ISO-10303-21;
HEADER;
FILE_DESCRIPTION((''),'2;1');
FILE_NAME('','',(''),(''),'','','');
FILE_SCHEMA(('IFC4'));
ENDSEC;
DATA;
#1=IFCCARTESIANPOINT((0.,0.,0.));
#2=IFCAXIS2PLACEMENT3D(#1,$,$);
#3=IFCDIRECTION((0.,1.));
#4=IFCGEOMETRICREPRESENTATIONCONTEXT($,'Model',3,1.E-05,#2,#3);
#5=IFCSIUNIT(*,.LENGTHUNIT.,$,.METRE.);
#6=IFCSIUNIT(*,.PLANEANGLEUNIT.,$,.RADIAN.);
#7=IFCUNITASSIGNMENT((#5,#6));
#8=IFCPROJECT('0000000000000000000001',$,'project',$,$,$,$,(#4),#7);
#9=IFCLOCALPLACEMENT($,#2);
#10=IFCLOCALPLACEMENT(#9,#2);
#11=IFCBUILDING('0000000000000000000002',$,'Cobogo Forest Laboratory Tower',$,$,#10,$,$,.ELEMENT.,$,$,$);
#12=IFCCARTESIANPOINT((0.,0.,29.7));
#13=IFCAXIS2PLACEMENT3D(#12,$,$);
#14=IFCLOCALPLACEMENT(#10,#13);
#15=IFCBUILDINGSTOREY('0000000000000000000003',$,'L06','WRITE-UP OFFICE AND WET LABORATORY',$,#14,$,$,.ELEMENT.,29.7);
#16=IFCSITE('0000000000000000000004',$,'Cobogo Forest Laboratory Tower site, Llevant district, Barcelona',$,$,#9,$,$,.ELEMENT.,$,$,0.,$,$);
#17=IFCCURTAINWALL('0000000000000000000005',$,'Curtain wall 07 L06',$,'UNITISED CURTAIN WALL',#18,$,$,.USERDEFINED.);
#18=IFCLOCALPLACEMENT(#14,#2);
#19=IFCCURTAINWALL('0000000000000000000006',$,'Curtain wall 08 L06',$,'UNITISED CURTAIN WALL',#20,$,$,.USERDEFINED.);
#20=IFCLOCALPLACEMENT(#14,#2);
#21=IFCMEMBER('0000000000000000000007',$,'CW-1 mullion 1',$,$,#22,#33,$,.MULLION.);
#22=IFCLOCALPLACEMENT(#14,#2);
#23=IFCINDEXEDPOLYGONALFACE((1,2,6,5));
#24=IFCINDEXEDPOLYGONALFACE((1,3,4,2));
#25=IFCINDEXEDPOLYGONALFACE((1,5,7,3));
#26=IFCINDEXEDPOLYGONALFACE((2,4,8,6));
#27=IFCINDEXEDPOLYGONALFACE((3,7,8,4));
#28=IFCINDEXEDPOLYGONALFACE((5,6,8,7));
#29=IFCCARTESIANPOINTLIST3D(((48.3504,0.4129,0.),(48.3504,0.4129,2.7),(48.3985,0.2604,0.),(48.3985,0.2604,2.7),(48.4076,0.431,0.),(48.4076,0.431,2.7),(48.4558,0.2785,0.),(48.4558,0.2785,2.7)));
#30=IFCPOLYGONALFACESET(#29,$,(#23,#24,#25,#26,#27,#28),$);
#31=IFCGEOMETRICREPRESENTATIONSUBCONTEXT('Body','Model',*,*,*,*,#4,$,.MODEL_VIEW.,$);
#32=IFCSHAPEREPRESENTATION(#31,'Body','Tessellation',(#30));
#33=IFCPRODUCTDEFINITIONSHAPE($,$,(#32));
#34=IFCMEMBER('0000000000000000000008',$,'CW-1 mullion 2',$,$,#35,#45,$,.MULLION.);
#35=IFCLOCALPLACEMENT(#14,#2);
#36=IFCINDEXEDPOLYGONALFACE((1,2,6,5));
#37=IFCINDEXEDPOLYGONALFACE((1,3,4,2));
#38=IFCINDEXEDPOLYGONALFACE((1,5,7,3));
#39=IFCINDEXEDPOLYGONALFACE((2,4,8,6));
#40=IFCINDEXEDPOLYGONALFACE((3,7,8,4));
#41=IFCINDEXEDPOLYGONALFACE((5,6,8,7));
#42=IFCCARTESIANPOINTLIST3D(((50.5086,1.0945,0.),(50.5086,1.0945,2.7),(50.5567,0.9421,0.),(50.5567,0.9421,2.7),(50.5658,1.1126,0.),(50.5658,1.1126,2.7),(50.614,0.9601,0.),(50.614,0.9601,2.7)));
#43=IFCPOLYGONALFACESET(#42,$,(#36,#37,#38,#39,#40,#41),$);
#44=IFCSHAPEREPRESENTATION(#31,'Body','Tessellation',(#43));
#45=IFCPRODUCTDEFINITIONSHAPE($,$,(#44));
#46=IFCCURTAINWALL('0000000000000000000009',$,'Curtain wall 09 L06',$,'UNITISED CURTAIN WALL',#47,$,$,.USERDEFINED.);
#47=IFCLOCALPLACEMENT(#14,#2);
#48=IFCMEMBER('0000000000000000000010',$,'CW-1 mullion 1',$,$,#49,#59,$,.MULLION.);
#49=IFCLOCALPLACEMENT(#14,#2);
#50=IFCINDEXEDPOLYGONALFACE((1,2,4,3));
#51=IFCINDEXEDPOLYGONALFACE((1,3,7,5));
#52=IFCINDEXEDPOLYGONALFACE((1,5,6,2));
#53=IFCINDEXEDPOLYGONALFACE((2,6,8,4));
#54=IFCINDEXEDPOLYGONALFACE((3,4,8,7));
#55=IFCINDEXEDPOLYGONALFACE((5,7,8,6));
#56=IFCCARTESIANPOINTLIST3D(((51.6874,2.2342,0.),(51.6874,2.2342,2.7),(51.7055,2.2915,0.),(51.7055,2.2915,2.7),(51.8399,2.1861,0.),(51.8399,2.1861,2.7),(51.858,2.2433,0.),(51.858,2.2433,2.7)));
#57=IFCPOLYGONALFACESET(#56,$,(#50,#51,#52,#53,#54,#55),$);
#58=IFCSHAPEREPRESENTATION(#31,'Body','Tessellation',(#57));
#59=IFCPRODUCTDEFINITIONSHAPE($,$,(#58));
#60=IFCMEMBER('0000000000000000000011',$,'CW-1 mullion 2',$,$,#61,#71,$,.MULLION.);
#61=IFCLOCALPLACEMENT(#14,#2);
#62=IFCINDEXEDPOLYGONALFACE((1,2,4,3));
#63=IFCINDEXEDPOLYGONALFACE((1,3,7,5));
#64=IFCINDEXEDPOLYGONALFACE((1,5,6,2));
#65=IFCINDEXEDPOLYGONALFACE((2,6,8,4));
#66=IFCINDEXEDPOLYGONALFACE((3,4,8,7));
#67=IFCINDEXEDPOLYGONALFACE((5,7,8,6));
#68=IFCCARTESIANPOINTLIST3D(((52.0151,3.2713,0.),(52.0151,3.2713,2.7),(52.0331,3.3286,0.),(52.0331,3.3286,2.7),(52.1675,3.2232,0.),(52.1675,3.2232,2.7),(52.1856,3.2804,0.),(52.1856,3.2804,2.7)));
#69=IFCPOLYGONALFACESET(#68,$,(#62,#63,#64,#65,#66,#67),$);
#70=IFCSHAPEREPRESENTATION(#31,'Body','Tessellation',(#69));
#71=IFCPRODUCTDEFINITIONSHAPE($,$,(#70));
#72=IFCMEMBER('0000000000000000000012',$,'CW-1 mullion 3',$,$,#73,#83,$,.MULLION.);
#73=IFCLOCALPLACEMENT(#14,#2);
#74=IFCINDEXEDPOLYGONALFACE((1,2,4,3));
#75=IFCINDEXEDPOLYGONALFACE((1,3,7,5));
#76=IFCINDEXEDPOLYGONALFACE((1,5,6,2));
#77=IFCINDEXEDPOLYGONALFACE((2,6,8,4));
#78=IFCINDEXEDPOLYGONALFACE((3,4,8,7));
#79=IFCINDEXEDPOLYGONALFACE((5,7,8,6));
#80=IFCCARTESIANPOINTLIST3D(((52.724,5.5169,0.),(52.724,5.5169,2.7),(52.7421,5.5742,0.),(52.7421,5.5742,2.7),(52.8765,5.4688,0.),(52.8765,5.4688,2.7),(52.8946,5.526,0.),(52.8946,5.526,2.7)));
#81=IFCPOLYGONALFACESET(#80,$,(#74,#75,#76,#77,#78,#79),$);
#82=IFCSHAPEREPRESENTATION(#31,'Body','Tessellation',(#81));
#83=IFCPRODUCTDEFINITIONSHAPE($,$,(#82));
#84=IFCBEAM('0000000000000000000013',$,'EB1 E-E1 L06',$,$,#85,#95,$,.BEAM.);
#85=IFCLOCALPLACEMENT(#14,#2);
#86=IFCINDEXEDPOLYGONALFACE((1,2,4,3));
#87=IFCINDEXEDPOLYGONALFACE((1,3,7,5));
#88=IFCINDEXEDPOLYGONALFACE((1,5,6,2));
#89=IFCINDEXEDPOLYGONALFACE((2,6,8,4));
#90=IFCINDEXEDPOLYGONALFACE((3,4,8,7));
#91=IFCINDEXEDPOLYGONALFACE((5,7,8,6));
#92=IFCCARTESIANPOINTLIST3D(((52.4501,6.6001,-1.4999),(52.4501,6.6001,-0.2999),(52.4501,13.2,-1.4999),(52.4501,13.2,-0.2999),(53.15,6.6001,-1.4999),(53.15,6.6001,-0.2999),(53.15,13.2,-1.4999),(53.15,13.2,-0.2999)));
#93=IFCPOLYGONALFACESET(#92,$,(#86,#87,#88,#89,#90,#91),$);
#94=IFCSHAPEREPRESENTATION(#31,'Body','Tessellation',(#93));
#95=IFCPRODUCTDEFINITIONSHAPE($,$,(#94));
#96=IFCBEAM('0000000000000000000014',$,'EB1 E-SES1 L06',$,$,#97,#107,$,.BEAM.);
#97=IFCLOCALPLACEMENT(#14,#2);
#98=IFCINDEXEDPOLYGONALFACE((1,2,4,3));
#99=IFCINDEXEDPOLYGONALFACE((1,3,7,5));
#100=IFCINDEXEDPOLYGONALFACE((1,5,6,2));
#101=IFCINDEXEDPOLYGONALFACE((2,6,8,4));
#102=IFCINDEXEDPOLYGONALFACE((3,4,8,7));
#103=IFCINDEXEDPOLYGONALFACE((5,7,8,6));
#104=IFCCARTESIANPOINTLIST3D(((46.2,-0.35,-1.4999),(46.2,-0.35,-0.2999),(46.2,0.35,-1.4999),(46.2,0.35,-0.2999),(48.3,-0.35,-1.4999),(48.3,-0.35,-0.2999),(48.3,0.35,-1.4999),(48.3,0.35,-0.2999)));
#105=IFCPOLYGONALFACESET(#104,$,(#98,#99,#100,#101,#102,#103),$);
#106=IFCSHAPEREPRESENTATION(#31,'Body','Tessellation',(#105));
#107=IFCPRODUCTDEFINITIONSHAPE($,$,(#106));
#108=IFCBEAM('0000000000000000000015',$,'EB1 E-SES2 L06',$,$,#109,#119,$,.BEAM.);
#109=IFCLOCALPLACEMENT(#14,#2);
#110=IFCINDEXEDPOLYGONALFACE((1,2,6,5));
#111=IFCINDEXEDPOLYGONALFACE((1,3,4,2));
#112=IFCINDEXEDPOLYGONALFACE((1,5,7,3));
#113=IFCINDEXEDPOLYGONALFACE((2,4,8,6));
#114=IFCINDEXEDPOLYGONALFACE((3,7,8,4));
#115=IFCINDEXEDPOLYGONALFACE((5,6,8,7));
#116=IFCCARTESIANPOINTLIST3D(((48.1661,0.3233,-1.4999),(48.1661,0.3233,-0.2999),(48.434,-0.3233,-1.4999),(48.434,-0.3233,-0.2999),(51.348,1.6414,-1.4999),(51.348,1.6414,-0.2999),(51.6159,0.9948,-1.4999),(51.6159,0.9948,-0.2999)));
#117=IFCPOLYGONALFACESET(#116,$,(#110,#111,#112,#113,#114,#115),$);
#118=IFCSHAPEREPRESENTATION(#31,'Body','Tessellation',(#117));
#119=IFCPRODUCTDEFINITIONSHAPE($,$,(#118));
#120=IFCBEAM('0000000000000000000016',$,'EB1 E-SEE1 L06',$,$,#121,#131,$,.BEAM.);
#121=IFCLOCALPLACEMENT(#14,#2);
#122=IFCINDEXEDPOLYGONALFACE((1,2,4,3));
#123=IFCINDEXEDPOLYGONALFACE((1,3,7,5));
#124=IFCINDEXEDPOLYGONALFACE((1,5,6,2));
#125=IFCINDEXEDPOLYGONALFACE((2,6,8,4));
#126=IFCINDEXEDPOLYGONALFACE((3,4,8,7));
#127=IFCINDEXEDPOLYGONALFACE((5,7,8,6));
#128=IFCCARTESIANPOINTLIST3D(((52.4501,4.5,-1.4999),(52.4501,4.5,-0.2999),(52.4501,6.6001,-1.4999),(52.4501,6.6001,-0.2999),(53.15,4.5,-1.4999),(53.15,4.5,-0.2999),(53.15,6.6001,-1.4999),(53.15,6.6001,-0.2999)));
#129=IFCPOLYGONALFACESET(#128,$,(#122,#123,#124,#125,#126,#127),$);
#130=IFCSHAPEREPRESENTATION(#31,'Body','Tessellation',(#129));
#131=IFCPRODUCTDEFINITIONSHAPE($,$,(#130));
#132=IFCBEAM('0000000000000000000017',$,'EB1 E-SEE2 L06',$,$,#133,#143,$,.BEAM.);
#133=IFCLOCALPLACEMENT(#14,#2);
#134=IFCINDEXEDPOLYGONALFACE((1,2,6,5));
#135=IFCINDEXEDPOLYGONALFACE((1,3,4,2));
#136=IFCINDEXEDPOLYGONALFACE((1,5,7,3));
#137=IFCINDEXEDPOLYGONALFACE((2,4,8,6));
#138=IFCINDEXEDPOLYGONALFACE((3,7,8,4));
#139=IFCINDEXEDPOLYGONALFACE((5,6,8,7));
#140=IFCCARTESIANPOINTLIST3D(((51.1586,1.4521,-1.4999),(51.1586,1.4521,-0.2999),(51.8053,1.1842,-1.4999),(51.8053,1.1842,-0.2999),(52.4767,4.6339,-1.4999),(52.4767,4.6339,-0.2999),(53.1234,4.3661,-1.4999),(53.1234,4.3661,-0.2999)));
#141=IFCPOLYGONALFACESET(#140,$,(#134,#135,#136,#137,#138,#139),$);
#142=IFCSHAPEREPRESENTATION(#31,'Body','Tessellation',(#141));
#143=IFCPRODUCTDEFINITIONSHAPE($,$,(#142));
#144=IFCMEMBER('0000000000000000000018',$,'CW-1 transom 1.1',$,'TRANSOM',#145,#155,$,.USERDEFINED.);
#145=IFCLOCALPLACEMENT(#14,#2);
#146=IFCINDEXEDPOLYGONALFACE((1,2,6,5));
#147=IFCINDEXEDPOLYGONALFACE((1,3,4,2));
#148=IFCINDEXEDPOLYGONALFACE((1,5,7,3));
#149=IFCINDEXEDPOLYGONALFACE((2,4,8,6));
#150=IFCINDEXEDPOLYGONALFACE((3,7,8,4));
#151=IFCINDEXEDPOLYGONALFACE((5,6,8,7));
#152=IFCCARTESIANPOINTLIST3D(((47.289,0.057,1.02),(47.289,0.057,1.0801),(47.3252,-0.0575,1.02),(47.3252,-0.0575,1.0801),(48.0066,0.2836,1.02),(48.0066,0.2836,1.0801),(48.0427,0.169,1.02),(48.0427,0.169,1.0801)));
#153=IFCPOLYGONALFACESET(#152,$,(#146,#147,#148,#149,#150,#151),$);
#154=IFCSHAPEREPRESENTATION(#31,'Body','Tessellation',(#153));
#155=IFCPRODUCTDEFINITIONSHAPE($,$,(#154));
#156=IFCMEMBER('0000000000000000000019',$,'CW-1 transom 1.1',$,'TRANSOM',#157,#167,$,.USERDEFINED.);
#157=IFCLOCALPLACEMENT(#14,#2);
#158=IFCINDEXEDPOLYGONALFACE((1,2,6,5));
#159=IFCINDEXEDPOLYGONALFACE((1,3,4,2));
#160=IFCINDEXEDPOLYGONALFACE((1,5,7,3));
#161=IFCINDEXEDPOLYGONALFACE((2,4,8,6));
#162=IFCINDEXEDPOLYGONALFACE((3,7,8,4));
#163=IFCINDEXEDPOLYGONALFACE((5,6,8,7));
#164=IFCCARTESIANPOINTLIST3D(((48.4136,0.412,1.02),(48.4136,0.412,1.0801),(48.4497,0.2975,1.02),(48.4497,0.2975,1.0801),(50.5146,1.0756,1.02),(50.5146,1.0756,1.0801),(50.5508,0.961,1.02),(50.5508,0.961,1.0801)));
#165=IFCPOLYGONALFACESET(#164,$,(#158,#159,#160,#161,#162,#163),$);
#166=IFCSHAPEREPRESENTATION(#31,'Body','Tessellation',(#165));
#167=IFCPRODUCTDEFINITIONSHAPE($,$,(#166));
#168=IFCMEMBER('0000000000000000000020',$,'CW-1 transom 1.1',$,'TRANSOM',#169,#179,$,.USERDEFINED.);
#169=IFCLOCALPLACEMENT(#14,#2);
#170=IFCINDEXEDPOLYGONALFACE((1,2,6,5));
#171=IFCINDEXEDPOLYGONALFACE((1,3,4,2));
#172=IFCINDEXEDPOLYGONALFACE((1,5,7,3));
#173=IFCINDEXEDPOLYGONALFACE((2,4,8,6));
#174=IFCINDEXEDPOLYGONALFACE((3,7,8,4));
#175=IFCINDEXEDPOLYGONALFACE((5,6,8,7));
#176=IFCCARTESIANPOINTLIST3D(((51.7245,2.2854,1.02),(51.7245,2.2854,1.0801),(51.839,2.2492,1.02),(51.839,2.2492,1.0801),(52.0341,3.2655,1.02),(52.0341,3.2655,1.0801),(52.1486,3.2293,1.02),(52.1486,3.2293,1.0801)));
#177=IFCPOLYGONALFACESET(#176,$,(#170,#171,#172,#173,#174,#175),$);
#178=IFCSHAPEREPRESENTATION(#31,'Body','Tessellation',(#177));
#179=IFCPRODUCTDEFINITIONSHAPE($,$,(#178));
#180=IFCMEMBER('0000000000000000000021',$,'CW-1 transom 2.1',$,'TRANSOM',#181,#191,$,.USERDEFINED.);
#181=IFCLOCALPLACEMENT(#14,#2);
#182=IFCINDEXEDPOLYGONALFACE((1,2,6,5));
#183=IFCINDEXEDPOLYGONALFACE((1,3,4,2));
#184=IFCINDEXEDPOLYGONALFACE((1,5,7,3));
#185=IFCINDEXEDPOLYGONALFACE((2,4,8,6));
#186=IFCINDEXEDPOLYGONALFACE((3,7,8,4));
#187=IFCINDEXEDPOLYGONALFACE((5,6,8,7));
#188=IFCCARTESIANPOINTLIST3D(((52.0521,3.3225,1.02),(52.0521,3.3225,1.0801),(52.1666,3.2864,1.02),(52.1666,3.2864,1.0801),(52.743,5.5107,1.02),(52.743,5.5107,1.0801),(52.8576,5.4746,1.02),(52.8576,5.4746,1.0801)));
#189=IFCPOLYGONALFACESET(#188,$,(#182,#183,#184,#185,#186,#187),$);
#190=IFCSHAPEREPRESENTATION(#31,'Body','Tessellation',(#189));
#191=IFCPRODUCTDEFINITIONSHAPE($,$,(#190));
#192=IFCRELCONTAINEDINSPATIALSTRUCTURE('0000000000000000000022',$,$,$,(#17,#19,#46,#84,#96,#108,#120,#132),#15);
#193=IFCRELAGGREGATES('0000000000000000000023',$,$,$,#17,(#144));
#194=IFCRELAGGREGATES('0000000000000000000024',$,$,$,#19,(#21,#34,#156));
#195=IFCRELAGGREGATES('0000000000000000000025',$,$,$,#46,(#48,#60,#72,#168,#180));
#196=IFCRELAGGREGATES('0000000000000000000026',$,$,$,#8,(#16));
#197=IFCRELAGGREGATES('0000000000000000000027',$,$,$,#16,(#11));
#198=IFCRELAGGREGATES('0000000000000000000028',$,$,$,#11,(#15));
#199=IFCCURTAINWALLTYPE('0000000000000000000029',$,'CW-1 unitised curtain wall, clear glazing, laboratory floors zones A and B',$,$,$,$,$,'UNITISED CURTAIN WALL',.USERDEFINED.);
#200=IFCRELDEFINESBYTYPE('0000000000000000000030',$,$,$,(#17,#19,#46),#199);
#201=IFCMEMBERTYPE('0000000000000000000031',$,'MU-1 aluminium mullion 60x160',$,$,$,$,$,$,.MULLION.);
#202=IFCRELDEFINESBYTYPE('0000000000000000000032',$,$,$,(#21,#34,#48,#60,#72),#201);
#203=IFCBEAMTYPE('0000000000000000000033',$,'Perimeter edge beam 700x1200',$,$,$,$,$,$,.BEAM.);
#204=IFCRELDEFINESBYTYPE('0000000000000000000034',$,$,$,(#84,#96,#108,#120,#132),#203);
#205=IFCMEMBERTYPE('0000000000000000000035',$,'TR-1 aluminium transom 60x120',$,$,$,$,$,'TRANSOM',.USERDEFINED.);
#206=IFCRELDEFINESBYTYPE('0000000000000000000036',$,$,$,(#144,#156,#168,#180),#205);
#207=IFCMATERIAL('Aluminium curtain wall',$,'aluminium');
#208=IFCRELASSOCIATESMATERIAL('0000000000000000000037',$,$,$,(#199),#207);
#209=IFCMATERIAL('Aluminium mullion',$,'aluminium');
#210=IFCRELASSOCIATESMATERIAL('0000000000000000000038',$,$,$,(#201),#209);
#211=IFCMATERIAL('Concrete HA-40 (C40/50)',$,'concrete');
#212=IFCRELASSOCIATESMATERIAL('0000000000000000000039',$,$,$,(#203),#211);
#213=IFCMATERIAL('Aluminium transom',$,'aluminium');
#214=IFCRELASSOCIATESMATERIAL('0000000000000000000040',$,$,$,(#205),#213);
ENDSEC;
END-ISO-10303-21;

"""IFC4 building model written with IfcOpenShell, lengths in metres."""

from ifc_helpers import new_model, si_unit, direction, frame, origin, origin_2d, place, context, subcontext, project, spatial, rectangle, extrude, material, material_profile, profile_set, type_object, element, aggregate, save


model = new_model("IFC4")

# Units and contexts
model_context = context("Model", 3, precision=1e-05, world=origin(), true_north=direction((0.0, 1.0)))
body_context = subcontext(model_context, "Body", "Model", "MODEL_VIEW")
ifc_project = project(units=[si_unit("LENGTHUNIT", "METRE"), si_unit("PLANEANGLEUNIT", "RADIAN")], contexts=[model_context])

# Site, building, storey
site_placement = place(None, origin())
site = spatial("IfcSite", under=ifc_project, at=site_placement, Name="Cobogo Forest Laboratory Tower site, Llevant district, Barcelona", CompositionType="ELEMENT", RefElevation=0.0)
building_placement = place(site_placement, origin())
building = spatial("IfcBuilding", under=site, at=building_placement, Name="Cobogo Forest Laboratory Tower", CompositionType="ELEMENT")
storey_placement = place(building_placement, frame((0.0, 0.0, 29.7)))
storey = spatial("IfcBuildingStorey", under=building, at=storey_placement, Name="L06", Description="WRITE-UP OFFICE AND WET LABORATORY", CompositionType="ELEMENT", Elevation=29.7)

# Shared definitions
ifc_material_1 = material(Name="Concrete HA-40 (C40/50)", Category="concrete")

# Curtain walls, members
ifc_material_2 = material(Name="Aluminium curtain wall", Category="aluminium")
curtain_wall_type = type_object("IfcCurtainWallType", Name="CW-1 unitised curtain wall, clear glazing, laboratory floors zones A and B", ElementType="UNITISED CURTAIN WALL", PredefinedType="USERDEFINED", material=ifc_material_2)
curtain_wall_1_placement = place(storey_placement, origin())
curtain_wall_1 = element("IfcCurtainWall", 1, at=curtain_wall_1_placement, inside=storey, type_object=curtain_wall_type, Name="Curtain wall 07 L06", ObjectType="UNITISED CURTAIN WALL", PredefinedType="USERDEFINED")
ifc_material_3 = material(Name="Aluminium mullion", Category="aluminium")
ifc_material_profile_1 = material_profile(ifc_material_3, rectangle(XDim=0.0601, YDim=0.1599, at=origin_2d()), Name="AL 60x160")
ifc_profile_set_1 = profile_set([ifc_material_profile_1], Name="Aluminium mullion")
member_type_1 = type_object("IfcMemberType", Name="MU-1 aluminium mullion 60x160", PredefinedType="MULLION", material=ifc_profile_set_1)
curtain_wall_2_placement = place(storey_placement, origin())
curtain_wall_2 = element("IfcCurtainWall", 2, at=curtain_wall_2_placement, inside=storey, type_object=curtain_wall_type, Name="Curtain wall 08 L06", ObjectType="UNITISED CURTAIN WALL", PredefinedType="USERDEFINED")
member_1_placement = place(storey_placement, frame((48.4031, 0.3457, 0.0), z_axis=(0.0, 0.0, 1.0), x_axis=(0.953581, 0.301135, 0.0)))
member_1 = element("IfcMember", 3, at=member_1_placement, type_object=member_type_1, Name="CW-1 mullion 1", PredefinedType="MULLION", context=body_context, shape_type="SweptSolid", body=[
    extrude(rectangle(XDim=0.0601, YDim=0.1599, at=origin_2d()), origin(), (0.0, 0.0, 1.0), 2.7),
])
member_2_placement = place(storey_placement, frame((50.5613, 1.0273, 0.0), z_axis=(0.0, 0.0, 1.0), x_axis=(0.953581, 0.301135, 0.0)))
member_2 = element("IfcMember", 4, at=member_2_placement, type_object=member_type_1, Name="CW-1 mullion 2", PredefinedType="MULLION", context=body_context, shape_type="SweptSolid", body=[
    extrude(rectangle(XDim=0.0601, YDim=0.1599, at=origin_2d()), origin(), (0.0, 0.0, 1.0), 2.7),
])
curtain_wall_3_placement = place(storey_placement, origin())
curtain_wall_3 = element("IfcCurtainWall", 5, at=curtain_wall_3_placement, inside=storey, type_object=curtain_wall_type, Name="Curtain wall 09 L06", ObjectType="UNITISED CURTAIN WALL", PredefinedType="USERDEFINED")
member_3_placement = place(storey_placement, frame((51.7727, 2.2388, 0.0), z_axis=(0.0, 0.0, 1.0), x_axis=(0.301135, 0.953581, 0.0)))
member_3 = element("IfcMember", 6, at=member_3_placement, type_object=member_type_1, Name="CW-1 mullion 1", PredefinedType="MULLION", context=body_context, shape_type="SweptSolid", body=[
    extrude(rectangle(XDim=0.0601, YDim=0.1599, at=origin_2d()), origin(), (0.0, 0.0, 1.0), 2.7),
])
member_4_placement = place(storey_placement, frame((52.1003, 3.2759, 0.0), z_axis=(0.0, 0.0, 1.0), x_axis=(0.301135, 0.953581, 0.0)))
member_4 = element("IfcMember", 7, at=member_4_placement, type_object=member_type_1, Name="CW-1 mullion 2", PredefinedType="MULLION", context=body_context, shape_type="SweptSolid", body=[
    extrude(rectangle(XDim=0.0601, YDim=0.1599, at=origin_2d()), origin(), (0.0, 0.0, 1.0), 2.7),
])
member_5_placement = place(storey_placement, frame((52.8093, 5.5215, 0.0), z_axis=(0.0, 0.0, 1.0), x_axis=(0.301135, 0.953581, 0.0)))
member_5 = element("IfcMember", 8, at=member_5_placement, type_object=member_type_1, Name="CW-1 mullion 3", PredefinedType="MULLION", context=body_context, shape_type="SweptSolid", body=[
    extrude(rectangle(XDim=0.0601, YDim=0.1599, at=origin_2d()), origin(), (0.0, 0.0, 1.0), 2.7),
])

# Beams
ifc_material_profile_2 = material_profile(ifc_material_1, rectangle(XDim=0.7, YDim=1.2, at=origin_2d()), Name="RC 700x1200")
ifc_profile_set_2 = profile_set([ifc_material_profile_2], Name="Concrete HA-40 (C40/50)")
beam_type_1 = type_object("IfcBeamType", Name="Perimeter edge beam 700x1200", PredefinedType="BEAM", material=ifc_profile_set_2)
beam_1_placement = place(storey_placement, frame((52.8, 6.6001, -0.8999), z_axis=(0.0, 1.0, 0.0), x_axis=(-1.0, 0.0, 0.0)))
element("IfcBeam", 9, at=beam_1_placement, inside=storey, type_object=beam_type_1, Name="EB1 E-E1 L06", PredefinedType="BEAM", context=body_context, shape_type="SweptSolid", body=[
    extrude(rectangle(XDim=0.7, YDim=1.2, at=origin_2d()), origin(), (0.0, 0.0, 1.0), 6.5999),
])
beam_2_placement = place(storey_placement, frame((46.2, 0.0, -0.8999), z_axis=(1.0, 0.0, 0.0), x_axis=(0.0, 1.0, 0.0)))
element("IfcBeam", 10, at=beam_2_placement, inside=storey, type_object=beam_type_1, Name="EB1 E-SES1 L06", PredefinedType="BEAM", context=body_context, shape_type="SweptSolid", body=[
    extrude(rectangle(XDim=0.7, YDim=1.2, at=origin_2d()), origin(), (0.0, 0.0, 1.0), 2.1001),
])
beam_3_placement = place(storey_placement, frame((48.3, 0.0, -0.8999), z_axis=(0.923866, 0.382717, 0.0), x_axis=(-0.382717, 0.923866, 0.0)))
element("IfcBeam", 11, at=beam_3_placement, inside=storey, type_object=beam_type_1, Name="EB1 E-SES2 L06", PredefinedType="BEAM", context=body_context, shape_type="SweptSolid", body=[
    extrude(rectangle(XDim=0.7, YDim=1.2, at=origin_2d()), origin(), (0.0, 0.0, 1.0), 3.4441),
])
beam_4_placement = place(storey_placement, frame((52.8, 6.6001, -0.8999), z_axis=(0.0, -1.0, 0.0), x_axis=(1.0, 0.0, 0.0)))
element("IfcBeam", 12, at=beam_4_placement, inside=storey, type_object=beam_type_1, Name="EB1 E-SEE1 L06", PredefinedType="BEAM", context=body_context, shape_type="SweptSolid", body=[
    extrude(rectangle(XDim=0.7, YDim=1.2, at=origin_2d()), origin(), (0.0, 0.0, 1.0), 2.1001),
])
beam_5_placement = place(storey_placement, frame((52.8, 4.5, -0.8999), z_axis=(-0.382717, -0.923866, 0.0), x_axis=(0.923866, -0.382717, 0.0)))
element("IfcBeam", 13, at=beam_5_placement, inside=storey, type_object=beam_type_1, Name="EB1 E-SEE2 L06", PredefinedType="BEAM", context=body_context, shape_type="SweptSolid", body=[
    extrude(rectangle(XDim=0.7, YDim=1.2, at=origin_2d()), origin(), (0.0, 0.0, 1.0), 3.4441),
])

# Members
ifc_material_4 = material(Name="Aluminium transom", Category="aluminium")
ifc_material_profile_3 = material_profile(ifc_material_4, rectangle(XDim=0.1201, YDim=0.0601, at=origin_2d()), Name="AL 60x120")
ifc_profile_set_3 = profile_set([ifc_material_profile_3], Name="Aluminium transom")
member_type_2 = type_object("IfcMemberType", Name="TR-1 aluminium transom 60x120", ElementType="TRANSOM", PredefinedType="USERDEFINED", material=ifc_profile_set_3)
member_6_placement = place(storey_placement, frame((47.3071, -0.0002, 1.05), z_axis=(0.953592, 0.3011, 0.0), x_axis=(-0.3011, 0.953592, 0.0)))
member_6 = element("IfcMember", 14, at=member_6_placement, type_object=member_type_2, Name="CW-1 transom 1.1", ObjectType="TRANSOM", PredefinedType="USERDEFINED", context=body_context, shape_type="SweptSolid", body=[
    extrude(rectangle(XDim=0.1201, YDim=0.0601, at=origin_2d()), origin(), (0.0, 0.0, 1.0), 0.7524),
])
member_7_placement = place(storey_placement, frame((48.4316, 0.3547, 1.05), z_axis=(0.953573, 0.301163, 0.0), x_axis=(-0.301163, 0.953573, 0.0)))
member_7 = element("IfcMember", 15, at=member_7_placement, type_object=member_type_2, Name="CW-1 transom 1.1", ObjectType="TRANSOM", PredefinedType="USERDEFINED", context=body_context, shape_type="SweptSolid", body=[
    extrude(rectangle(XDim=0.1201, YDim=0.0601, at=origin_2d()), origin(), (0.0, 0.0, 1.0), 2.2034),
])
member_8_placement = place(storey_placement, frame((51.7817, 2.2673, 1.05), z_axis=(0.301222, 0.953554, 0.0), x_axis=(-0.953554, 0.301222, 0.0)))
member_8 = element("IfcMember", 16, at=member_8_placement, type_object=member_type_2, Name="CW-1 transom 1.1", ObjectType="TRANSOM", PredefinedType="USERDEFINED", context=body_context, shape_type="SweptSolid", body=[
    extrude(rectangle(XDim=0.1201, YDim=0.0601, at=origin_2d()), origin(), (0.0, 0.0, 1.0), 1.0278),
])
member_9_placement = place(storey_placement, frame((52.1094, 3.3044, 1.05), z_axis=(0.301091, 0.953596, 0.0), x_axis=(-0.953596, 0.301091, 0.0)))
member_9 = element("IfcMember", 17, at=member_9_placement, type_object=member_type_2, Name="CW-1 transom 2.1", ObjectType="TRANSOM", PredefinedType="USERDEFINED", context=body_context, shape_type="SweptSolid", body=[
    extrude(rectangle(XDim=0.1201, YDim=0.0601, at=origin_2d()), origin(), (0.0, 0.0, 1.0), 2.2947),
])

aggregate(curtain_wall_1, [member_6])
aggregate(curtain_wall_2, [member_1, member_2, member_7])
aggregate(curtain_wall_3, [member_3, member_4, member_5, member_8, member_9])

save(model, "model.ifc")
